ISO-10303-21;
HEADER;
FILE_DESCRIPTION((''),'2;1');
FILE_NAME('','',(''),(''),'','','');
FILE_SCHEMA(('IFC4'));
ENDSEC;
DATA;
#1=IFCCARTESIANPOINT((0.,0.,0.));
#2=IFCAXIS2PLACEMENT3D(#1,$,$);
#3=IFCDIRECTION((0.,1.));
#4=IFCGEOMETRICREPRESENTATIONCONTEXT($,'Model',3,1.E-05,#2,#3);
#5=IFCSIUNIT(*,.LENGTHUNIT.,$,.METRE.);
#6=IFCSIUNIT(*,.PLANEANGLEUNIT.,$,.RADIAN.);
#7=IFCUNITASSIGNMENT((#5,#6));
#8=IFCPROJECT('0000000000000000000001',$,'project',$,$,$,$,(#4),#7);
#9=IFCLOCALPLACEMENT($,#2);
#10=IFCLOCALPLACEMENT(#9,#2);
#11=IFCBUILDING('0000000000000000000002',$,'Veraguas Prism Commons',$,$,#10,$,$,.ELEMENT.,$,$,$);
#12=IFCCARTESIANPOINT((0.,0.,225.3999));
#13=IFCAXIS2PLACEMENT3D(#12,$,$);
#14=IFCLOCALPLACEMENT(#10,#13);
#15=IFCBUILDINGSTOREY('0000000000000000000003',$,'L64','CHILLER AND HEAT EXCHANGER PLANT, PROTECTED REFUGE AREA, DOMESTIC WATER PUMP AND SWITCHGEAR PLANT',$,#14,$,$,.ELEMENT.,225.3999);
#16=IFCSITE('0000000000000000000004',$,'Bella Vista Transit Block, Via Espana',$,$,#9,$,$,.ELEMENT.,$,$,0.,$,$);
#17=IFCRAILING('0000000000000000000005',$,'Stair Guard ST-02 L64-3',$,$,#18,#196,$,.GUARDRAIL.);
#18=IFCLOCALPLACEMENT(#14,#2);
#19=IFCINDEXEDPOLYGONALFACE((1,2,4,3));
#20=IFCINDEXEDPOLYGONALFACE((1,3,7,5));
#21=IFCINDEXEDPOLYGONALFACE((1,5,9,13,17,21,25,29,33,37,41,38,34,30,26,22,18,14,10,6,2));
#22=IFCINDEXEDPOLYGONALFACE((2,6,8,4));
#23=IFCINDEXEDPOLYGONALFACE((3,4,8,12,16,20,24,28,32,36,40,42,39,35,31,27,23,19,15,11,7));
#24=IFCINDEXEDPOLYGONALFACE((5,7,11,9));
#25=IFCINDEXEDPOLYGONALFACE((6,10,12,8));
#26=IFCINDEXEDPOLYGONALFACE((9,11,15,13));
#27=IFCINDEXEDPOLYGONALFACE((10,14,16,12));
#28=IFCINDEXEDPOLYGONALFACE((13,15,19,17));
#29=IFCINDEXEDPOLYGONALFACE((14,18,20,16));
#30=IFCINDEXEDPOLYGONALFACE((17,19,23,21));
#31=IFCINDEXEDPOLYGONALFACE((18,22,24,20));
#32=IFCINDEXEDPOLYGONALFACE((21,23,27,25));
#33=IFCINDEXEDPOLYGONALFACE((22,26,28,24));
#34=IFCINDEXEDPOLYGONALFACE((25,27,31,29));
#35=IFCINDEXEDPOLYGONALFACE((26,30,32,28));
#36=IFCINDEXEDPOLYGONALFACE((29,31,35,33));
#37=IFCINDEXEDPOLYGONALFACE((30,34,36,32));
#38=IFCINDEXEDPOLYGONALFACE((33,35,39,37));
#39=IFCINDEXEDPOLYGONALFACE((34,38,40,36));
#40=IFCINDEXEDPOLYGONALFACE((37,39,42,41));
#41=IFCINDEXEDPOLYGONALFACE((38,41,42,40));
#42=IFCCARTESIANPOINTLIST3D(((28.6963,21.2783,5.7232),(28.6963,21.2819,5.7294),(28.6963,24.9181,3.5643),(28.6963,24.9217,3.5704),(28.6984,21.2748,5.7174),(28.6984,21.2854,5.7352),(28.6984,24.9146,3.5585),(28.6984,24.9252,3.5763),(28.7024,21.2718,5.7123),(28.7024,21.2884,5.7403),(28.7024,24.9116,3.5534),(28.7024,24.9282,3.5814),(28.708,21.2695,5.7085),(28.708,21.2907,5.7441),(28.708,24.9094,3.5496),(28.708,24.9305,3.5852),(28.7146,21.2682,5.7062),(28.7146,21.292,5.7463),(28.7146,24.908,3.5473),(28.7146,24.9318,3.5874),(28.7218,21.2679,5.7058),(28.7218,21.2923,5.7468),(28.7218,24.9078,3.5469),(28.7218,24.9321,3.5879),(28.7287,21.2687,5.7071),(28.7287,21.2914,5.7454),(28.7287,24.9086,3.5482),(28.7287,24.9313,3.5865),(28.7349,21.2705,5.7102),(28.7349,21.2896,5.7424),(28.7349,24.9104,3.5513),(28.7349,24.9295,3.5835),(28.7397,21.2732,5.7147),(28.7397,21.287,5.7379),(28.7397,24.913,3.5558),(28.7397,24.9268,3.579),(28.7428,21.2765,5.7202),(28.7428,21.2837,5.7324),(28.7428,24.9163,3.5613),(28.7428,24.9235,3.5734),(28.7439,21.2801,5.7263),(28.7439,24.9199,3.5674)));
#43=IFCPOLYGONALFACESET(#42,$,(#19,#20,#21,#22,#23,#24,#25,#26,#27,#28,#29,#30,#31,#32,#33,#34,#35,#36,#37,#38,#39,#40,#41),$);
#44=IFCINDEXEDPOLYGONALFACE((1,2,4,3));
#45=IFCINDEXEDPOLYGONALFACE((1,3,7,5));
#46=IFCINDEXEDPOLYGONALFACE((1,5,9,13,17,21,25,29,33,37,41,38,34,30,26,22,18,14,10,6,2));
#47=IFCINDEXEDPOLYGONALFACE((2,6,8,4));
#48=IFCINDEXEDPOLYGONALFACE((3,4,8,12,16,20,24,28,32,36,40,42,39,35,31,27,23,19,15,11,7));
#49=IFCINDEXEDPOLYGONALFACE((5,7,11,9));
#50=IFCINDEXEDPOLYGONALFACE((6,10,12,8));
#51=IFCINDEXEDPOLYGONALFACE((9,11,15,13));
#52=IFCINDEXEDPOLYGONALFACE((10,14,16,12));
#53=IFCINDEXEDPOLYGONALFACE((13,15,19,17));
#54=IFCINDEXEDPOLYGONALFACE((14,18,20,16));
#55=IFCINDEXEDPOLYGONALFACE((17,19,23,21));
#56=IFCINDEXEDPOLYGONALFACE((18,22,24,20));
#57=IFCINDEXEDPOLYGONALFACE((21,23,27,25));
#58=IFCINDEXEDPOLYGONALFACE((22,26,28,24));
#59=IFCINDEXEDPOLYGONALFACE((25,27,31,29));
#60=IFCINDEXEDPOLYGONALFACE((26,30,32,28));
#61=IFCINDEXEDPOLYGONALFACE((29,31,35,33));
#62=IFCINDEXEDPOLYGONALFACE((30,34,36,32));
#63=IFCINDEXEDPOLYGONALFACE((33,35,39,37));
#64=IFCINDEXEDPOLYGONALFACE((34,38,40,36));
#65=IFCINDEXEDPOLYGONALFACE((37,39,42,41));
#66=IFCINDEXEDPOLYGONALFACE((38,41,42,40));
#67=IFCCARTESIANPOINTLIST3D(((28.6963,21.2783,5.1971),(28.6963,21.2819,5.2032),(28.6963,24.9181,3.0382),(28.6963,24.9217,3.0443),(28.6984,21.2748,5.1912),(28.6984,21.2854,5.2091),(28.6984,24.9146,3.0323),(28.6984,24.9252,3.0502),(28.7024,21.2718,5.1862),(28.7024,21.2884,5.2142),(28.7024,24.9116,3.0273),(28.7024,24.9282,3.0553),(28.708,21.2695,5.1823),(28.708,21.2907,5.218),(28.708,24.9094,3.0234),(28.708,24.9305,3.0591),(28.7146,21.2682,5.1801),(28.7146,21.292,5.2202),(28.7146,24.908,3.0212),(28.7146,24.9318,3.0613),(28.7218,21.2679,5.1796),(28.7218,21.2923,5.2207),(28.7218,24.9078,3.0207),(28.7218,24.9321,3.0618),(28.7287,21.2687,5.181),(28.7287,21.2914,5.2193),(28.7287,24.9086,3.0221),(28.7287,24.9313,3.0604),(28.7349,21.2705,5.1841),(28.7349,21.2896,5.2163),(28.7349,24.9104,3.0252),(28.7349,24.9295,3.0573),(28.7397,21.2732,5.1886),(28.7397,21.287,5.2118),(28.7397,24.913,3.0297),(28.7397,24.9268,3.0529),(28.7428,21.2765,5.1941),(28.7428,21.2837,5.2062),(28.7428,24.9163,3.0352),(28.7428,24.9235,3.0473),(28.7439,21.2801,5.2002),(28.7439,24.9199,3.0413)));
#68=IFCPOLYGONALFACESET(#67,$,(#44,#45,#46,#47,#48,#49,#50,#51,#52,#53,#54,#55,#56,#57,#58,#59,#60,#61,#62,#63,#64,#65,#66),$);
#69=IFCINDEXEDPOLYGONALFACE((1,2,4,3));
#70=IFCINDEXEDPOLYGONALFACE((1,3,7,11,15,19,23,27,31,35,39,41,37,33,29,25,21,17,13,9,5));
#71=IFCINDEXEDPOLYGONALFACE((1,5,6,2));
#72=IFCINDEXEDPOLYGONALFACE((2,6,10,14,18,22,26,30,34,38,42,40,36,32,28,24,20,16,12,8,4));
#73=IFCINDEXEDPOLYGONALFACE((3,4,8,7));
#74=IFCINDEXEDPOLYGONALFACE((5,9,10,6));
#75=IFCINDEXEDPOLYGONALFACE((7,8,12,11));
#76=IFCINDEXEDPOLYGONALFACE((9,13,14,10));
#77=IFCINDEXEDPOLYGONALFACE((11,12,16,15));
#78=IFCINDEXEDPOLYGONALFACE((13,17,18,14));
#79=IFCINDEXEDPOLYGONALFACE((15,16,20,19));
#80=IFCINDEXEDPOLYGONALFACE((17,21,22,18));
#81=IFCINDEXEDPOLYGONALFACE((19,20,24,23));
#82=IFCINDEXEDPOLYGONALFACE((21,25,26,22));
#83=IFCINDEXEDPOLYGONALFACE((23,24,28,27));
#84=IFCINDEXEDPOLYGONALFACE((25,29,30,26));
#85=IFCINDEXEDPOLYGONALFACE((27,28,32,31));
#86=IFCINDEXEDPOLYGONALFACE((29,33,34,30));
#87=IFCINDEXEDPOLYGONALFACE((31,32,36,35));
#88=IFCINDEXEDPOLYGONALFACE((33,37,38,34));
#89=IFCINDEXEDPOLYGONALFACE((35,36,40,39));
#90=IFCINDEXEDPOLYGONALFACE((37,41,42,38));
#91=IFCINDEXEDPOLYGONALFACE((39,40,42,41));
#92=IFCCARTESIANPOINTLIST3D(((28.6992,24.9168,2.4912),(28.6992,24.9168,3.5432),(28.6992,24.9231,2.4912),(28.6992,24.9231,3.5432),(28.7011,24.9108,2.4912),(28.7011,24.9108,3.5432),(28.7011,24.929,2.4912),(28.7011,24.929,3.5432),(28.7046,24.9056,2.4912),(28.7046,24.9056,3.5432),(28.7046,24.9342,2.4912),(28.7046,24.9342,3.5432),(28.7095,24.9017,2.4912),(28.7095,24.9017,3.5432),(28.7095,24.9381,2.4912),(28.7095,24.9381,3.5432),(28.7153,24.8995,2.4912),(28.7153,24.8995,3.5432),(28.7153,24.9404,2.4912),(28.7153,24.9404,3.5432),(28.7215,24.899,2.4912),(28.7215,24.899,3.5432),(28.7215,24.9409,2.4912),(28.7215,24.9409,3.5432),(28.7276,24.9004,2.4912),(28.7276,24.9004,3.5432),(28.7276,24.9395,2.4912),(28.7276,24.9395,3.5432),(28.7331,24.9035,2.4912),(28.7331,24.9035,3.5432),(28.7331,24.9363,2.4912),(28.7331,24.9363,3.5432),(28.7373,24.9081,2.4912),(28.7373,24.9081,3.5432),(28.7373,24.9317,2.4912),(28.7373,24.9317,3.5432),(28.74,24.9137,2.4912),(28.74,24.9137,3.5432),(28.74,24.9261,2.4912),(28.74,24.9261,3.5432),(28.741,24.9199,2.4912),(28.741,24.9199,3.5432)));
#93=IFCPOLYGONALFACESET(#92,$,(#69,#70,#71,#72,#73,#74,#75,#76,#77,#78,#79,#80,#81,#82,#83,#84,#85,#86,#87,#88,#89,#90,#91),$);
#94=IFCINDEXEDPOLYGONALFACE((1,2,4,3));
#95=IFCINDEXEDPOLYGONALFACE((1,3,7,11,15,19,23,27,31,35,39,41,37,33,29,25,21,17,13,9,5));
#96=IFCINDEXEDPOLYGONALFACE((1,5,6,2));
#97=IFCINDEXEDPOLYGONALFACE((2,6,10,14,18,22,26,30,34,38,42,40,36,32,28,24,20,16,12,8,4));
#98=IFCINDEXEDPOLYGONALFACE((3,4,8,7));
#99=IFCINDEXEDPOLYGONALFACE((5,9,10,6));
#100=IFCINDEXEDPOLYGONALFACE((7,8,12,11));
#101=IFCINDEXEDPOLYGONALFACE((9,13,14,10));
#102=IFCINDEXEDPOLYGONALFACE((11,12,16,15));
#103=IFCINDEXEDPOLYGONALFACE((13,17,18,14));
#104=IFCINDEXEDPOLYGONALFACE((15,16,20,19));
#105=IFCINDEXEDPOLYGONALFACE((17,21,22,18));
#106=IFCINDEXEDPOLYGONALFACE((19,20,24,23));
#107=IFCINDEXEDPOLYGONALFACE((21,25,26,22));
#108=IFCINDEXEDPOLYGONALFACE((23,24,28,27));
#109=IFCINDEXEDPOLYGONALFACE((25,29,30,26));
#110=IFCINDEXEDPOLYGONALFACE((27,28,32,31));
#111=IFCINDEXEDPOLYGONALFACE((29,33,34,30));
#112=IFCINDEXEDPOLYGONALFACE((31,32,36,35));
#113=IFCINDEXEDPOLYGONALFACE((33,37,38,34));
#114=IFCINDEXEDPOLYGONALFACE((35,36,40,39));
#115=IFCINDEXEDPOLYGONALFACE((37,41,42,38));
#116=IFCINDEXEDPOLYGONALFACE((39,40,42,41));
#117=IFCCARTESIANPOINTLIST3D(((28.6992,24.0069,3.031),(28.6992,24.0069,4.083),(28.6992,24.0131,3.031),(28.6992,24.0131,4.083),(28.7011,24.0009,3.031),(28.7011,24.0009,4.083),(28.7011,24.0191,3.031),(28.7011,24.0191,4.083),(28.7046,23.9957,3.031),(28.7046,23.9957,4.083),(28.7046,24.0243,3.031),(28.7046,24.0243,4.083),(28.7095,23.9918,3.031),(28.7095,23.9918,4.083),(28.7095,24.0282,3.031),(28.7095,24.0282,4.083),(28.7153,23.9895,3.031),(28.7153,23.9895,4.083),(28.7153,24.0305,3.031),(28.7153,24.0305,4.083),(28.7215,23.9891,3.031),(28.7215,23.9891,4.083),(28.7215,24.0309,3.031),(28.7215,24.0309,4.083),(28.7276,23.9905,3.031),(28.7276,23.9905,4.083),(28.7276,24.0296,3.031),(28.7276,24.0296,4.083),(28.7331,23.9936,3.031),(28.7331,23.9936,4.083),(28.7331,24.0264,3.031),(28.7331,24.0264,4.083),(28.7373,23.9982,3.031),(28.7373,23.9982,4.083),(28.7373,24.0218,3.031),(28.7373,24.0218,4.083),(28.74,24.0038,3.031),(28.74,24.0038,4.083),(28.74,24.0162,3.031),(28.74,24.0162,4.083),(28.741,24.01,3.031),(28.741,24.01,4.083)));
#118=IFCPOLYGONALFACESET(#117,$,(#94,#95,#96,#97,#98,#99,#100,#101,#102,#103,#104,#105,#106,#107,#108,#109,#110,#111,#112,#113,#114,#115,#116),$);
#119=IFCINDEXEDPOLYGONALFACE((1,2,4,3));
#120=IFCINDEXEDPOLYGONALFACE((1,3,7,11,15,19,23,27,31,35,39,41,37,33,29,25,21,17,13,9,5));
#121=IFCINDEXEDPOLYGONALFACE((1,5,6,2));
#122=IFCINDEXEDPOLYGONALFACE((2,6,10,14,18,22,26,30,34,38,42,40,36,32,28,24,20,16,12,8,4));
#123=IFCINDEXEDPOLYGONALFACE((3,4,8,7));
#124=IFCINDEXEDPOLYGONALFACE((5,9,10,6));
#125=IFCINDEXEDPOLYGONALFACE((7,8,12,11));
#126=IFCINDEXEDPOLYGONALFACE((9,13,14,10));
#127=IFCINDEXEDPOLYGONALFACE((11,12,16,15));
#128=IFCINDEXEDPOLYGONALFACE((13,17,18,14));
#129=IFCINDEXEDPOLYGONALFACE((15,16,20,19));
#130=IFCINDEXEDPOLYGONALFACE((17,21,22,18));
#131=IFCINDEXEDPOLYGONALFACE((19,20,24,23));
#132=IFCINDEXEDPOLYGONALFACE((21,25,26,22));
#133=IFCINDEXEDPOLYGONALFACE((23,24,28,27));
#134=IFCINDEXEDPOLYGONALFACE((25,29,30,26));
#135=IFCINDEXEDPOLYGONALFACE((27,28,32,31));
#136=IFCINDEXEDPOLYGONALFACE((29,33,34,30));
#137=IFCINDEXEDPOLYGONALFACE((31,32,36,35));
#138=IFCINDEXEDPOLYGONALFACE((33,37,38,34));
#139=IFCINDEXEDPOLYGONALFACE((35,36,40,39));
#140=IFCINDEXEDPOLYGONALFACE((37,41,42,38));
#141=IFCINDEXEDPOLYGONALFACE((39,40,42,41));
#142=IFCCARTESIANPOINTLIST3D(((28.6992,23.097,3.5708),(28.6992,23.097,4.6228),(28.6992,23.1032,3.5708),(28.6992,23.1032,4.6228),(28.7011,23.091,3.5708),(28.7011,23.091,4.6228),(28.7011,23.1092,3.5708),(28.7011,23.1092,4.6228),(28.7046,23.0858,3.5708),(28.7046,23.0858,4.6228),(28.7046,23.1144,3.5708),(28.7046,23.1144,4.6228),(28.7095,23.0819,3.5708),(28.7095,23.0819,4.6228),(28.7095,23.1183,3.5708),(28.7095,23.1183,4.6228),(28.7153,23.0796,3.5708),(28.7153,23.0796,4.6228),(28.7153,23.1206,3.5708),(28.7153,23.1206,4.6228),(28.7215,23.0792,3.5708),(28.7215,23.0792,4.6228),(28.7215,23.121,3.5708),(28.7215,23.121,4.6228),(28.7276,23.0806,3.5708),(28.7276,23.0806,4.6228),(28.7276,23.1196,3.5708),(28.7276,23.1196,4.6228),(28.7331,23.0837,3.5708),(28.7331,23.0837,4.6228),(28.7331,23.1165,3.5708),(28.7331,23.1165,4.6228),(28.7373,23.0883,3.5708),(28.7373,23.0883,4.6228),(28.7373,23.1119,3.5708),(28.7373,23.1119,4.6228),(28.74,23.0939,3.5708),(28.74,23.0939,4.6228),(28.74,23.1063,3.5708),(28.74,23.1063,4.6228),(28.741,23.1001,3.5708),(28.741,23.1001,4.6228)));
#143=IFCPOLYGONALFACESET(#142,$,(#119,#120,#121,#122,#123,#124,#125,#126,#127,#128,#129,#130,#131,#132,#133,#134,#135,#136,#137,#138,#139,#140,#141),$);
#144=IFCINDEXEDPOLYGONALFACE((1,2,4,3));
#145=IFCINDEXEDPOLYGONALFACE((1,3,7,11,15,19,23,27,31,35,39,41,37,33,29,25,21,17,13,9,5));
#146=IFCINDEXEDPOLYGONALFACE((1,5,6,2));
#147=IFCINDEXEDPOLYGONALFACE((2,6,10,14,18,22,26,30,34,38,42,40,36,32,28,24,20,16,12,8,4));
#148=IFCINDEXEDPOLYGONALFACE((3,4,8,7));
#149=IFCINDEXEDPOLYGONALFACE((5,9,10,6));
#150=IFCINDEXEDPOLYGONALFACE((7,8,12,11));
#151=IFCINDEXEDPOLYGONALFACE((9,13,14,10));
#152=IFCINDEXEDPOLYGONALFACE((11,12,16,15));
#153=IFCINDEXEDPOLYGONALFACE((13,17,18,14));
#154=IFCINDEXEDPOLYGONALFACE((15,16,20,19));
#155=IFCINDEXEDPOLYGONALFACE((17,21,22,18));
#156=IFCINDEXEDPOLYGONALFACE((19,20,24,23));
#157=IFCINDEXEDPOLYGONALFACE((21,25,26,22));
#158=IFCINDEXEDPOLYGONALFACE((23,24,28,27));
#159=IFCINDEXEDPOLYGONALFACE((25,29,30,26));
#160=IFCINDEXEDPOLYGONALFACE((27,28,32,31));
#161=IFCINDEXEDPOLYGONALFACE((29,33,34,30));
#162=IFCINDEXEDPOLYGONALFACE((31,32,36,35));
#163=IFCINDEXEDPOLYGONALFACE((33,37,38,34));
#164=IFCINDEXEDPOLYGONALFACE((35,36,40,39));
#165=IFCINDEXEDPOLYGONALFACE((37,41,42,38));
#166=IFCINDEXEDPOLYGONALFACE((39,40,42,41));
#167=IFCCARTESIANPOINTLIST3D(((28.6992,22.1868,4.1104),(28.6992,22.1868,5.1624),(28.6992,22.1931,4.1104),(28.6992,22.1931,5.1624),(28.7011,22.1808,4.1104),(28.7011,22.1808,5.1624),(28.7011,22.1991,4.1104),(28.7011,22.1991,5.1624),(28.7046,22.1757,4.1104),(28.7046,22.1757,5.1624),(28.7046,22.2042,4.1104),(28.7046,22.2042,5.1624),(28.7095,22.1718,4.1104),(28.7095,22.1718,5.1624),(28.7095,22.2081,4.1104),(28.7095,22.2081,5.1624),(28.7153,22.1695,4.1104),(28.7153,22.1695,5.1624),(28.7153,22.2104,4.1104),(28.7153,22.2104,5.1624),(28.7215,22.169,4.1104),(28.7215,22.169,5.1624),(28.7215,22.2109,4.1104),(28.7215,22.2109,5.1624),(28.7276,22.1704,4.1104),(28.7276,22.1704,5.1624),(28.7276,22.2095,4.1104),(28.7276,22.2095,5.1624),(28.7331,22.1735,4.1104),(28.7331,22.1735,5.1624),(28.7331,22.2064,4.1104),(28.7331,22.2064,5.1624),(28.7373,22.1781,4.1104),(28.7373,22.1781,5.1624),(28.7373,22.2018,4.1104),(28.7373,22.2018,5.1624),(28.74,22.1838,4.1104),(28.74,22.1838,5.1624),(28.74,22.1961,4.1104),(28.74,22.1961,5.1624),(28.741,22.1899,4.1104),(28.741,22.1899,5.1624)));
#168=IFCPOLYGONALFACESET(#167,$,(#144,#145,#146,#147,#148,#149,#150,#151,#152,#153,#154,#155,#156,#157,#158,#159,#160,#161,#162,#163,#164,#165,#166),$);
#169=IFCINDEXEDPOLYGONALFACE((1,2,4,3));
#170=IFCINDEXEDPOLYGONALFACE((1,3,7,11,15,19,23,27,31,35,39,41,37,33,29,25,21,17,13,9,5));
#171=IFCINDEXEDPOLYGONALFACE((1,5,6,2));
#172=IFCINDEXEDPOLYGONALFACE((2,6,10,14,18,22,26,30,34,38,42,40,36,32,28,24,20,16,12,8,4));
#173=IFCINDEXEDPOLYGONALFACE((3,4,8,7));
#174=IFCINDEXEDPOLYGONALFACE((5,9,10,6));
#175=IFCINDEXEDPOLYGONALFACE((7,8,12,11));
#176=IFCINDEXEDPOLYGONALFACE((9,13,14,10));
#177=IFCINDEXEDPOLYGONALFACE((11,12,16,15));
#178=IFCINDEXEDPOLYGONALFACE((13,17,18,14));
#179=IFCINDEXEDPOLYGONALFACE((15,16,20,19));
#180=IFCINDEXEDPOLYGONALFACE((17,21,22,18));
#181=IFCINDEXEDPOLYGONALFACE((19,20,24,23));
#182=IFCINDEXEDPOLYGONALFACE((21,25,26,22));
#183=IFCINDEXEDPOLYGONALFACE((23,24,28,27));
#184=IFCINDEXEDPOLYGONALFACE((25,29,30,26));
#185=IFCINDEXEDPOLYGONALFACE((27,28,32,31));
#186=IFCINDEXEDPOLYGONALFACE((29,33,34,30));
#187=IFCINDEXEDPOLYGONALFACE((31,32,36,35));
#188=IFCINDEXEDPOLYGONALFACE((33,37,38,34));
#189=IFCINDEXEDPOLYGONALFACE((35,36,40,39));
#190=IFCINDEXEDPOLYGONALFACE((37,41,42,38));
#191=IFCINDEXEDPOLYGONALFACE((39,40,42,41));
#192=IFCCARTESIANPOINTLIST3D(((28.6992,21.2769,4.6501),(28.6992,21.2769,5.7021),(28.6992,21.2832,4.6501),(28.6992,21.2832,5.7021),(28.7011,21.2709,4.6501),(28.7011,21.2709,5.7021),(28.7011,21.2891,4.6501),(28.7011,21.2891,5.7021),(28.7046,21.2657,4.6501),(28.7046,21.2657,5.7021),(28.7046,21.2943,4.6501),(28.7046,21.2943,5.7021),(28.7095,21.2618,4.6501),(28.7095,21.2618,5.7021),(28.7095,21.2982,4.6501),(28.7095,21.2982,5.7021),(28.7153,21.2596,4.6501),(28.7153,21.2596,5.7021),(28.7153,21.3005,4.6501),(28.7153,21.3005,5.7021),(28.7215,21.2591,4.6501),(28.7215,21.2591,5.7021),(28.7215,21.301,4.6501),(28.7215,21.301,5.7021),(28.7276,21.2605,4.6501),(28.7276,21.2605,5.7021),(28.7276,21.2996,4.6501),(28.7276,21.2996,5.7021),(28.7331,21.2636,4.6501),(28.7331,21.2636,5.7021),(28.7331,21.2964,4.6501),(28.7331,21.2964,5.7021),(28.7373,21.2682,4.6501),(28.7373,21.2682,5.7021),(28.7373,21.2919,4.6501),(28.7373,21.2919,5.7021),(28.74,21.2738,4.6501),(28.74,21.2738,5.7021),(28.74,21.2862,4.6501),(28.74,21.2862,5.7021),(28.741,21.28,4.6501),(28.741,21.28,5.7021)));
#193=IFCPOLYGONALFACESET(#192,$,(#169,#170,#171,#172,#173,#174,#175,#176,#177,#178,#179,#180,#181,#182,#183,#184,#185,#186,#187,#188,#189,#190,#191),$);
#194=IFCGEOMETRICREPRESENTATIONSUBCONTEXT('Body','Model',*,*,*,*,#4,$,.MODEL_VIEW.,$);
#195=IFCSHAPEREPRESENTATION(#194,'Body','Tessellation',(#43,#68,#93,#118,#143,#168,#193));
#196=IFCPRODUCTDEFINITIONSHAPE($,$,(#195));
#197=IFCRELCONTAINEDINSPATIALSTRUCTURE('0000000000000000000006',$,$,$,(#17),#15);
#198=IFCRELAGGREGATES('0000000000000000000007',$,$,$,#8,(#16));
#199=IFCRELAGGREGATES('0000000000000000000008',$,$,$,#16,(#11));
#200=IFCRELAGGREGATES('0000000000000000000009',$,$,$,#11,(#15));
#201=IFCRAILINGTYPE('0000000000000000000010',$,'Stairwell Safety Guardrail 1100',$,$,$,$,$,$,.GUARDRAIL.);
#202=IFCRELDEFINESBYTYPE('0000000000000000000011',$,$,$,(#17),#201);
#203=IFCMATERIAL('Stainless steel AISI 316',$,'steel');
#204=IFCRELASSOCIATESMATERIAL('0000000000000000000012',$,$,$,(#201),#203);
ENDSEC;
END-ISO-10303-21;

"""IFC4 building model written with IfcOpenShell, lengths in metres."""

from ifc_helpers import new_model, si_unit, direction, frame, origin, origin_2d, place, context, subcontext, project, spatial, circle, extrude, material, type_object, element, save


model = new_model("IFC4")

# Units and contexts
model_context = context("Model", 3, precision=1e-05, world=origin(), true_north=direction((0.0, 1.0)))
body_context = subcontext(model_context, "Body", "Model", "MODEL_VIEW")
ifc_project = project(units=[si_unit("LENGTHUNIT", "METRE"), si_unit("PLANEANGLEUNIT", "RADIAN")], contexts=[model_context])

# Site, building, storey
site_placement = place(None, origin())
site = spatial("IfcSite", under=ifc_project, at=site_placement, Name="Bella Vista Transit Block, Via Espana", CompositionType="ELEMENT", RefElevation=0.0)
building_placement = place(site_placement, origin())
building = spatial("IfcBuilding", under=site, at=building_placement, Name="Veraguas Prism Commons", CompositionType="ELEMENT")
storey_placement = place(building_placement, frame((0.0, 0.0, 225.3999)))
storey = spatial("IfcBuildingStorey", under=building, at=storey_placement, Name="L64", Description="CHILLER AND HEAT EXCHANGER PLANT, PROTECTED REFUGE AREA, DOMESTIC WATER PUMP AND SWITCHGEAR PLANT", CompositionType="ELEMENT", Elevation=225.3999)

# Railing
ifc_material_1 = material(Name="Stainless steel AISI 316", Category="steel")
railing_type_1 = type_object("IfcRailingType", Name="Stairwell Safety Guardrail 1100", PredefinedType="GUARDRAIL", material=ifc_material_1)
railing_1_placement = place(storey_placement, frame((28.72, 24.9199, 2.4912)))
element("IfcRailing", 1, at=railing_1_placement, inside=storey, type_object=railing_type_1, Name="Stair Guard ST-02 L64-3", PredefinedType="GUARDRAIL", context=body_context, shape_type="SweptSolid", body=[
    extrude(circle(Radius=0.0239, at=origin_2d()), frame((0.0, 0.0, 1.0762), z_axis=(0.0, -0.860088, 0.510145), x_axis=(1.0, 0.0, 0.0)), (0.0, 0.0, 1.0), 4.2319),
    extrude(circle(Radius=0.0239, at=origin_2d()), frame((0.0, 0.0, 0.55), z_axis=(0.0, -0.860088, 0.510145), x_axis=(1.0, 0.0, 0.0)), (0.0, 0.0, 1.0), 4.2319),
    extrude(circle(Radius=0.021, at=origin_2d()), origin(), (0.0, 0.0, 1.0), 1.052),
    extrude(circle(Radius=0.021, at=origin_2d()), frame((0.0, -0.9099, 0.5398)), (0.0, 0.0, 1.0), 1.052),
    extrude(circle(Radius=0.021, at=origin_2d()), frame((0.0, -1.8198, 1.0796)), (0.0, 0.0, 1.0), 1.052),
    extrude(circle(Radius=0.021, at=origin_2d()), frame((0.0, -2.73, 1.6191)), (0.0, 0.0, 1.0), 1.052),
    extrude(circle(Radius=0.021, at=origin_2d()), frame((0.0, -3.6399, 2.1589)), (0.0, 0.0, 1.0), 1.052),
])

save(model, "model.ifc")
